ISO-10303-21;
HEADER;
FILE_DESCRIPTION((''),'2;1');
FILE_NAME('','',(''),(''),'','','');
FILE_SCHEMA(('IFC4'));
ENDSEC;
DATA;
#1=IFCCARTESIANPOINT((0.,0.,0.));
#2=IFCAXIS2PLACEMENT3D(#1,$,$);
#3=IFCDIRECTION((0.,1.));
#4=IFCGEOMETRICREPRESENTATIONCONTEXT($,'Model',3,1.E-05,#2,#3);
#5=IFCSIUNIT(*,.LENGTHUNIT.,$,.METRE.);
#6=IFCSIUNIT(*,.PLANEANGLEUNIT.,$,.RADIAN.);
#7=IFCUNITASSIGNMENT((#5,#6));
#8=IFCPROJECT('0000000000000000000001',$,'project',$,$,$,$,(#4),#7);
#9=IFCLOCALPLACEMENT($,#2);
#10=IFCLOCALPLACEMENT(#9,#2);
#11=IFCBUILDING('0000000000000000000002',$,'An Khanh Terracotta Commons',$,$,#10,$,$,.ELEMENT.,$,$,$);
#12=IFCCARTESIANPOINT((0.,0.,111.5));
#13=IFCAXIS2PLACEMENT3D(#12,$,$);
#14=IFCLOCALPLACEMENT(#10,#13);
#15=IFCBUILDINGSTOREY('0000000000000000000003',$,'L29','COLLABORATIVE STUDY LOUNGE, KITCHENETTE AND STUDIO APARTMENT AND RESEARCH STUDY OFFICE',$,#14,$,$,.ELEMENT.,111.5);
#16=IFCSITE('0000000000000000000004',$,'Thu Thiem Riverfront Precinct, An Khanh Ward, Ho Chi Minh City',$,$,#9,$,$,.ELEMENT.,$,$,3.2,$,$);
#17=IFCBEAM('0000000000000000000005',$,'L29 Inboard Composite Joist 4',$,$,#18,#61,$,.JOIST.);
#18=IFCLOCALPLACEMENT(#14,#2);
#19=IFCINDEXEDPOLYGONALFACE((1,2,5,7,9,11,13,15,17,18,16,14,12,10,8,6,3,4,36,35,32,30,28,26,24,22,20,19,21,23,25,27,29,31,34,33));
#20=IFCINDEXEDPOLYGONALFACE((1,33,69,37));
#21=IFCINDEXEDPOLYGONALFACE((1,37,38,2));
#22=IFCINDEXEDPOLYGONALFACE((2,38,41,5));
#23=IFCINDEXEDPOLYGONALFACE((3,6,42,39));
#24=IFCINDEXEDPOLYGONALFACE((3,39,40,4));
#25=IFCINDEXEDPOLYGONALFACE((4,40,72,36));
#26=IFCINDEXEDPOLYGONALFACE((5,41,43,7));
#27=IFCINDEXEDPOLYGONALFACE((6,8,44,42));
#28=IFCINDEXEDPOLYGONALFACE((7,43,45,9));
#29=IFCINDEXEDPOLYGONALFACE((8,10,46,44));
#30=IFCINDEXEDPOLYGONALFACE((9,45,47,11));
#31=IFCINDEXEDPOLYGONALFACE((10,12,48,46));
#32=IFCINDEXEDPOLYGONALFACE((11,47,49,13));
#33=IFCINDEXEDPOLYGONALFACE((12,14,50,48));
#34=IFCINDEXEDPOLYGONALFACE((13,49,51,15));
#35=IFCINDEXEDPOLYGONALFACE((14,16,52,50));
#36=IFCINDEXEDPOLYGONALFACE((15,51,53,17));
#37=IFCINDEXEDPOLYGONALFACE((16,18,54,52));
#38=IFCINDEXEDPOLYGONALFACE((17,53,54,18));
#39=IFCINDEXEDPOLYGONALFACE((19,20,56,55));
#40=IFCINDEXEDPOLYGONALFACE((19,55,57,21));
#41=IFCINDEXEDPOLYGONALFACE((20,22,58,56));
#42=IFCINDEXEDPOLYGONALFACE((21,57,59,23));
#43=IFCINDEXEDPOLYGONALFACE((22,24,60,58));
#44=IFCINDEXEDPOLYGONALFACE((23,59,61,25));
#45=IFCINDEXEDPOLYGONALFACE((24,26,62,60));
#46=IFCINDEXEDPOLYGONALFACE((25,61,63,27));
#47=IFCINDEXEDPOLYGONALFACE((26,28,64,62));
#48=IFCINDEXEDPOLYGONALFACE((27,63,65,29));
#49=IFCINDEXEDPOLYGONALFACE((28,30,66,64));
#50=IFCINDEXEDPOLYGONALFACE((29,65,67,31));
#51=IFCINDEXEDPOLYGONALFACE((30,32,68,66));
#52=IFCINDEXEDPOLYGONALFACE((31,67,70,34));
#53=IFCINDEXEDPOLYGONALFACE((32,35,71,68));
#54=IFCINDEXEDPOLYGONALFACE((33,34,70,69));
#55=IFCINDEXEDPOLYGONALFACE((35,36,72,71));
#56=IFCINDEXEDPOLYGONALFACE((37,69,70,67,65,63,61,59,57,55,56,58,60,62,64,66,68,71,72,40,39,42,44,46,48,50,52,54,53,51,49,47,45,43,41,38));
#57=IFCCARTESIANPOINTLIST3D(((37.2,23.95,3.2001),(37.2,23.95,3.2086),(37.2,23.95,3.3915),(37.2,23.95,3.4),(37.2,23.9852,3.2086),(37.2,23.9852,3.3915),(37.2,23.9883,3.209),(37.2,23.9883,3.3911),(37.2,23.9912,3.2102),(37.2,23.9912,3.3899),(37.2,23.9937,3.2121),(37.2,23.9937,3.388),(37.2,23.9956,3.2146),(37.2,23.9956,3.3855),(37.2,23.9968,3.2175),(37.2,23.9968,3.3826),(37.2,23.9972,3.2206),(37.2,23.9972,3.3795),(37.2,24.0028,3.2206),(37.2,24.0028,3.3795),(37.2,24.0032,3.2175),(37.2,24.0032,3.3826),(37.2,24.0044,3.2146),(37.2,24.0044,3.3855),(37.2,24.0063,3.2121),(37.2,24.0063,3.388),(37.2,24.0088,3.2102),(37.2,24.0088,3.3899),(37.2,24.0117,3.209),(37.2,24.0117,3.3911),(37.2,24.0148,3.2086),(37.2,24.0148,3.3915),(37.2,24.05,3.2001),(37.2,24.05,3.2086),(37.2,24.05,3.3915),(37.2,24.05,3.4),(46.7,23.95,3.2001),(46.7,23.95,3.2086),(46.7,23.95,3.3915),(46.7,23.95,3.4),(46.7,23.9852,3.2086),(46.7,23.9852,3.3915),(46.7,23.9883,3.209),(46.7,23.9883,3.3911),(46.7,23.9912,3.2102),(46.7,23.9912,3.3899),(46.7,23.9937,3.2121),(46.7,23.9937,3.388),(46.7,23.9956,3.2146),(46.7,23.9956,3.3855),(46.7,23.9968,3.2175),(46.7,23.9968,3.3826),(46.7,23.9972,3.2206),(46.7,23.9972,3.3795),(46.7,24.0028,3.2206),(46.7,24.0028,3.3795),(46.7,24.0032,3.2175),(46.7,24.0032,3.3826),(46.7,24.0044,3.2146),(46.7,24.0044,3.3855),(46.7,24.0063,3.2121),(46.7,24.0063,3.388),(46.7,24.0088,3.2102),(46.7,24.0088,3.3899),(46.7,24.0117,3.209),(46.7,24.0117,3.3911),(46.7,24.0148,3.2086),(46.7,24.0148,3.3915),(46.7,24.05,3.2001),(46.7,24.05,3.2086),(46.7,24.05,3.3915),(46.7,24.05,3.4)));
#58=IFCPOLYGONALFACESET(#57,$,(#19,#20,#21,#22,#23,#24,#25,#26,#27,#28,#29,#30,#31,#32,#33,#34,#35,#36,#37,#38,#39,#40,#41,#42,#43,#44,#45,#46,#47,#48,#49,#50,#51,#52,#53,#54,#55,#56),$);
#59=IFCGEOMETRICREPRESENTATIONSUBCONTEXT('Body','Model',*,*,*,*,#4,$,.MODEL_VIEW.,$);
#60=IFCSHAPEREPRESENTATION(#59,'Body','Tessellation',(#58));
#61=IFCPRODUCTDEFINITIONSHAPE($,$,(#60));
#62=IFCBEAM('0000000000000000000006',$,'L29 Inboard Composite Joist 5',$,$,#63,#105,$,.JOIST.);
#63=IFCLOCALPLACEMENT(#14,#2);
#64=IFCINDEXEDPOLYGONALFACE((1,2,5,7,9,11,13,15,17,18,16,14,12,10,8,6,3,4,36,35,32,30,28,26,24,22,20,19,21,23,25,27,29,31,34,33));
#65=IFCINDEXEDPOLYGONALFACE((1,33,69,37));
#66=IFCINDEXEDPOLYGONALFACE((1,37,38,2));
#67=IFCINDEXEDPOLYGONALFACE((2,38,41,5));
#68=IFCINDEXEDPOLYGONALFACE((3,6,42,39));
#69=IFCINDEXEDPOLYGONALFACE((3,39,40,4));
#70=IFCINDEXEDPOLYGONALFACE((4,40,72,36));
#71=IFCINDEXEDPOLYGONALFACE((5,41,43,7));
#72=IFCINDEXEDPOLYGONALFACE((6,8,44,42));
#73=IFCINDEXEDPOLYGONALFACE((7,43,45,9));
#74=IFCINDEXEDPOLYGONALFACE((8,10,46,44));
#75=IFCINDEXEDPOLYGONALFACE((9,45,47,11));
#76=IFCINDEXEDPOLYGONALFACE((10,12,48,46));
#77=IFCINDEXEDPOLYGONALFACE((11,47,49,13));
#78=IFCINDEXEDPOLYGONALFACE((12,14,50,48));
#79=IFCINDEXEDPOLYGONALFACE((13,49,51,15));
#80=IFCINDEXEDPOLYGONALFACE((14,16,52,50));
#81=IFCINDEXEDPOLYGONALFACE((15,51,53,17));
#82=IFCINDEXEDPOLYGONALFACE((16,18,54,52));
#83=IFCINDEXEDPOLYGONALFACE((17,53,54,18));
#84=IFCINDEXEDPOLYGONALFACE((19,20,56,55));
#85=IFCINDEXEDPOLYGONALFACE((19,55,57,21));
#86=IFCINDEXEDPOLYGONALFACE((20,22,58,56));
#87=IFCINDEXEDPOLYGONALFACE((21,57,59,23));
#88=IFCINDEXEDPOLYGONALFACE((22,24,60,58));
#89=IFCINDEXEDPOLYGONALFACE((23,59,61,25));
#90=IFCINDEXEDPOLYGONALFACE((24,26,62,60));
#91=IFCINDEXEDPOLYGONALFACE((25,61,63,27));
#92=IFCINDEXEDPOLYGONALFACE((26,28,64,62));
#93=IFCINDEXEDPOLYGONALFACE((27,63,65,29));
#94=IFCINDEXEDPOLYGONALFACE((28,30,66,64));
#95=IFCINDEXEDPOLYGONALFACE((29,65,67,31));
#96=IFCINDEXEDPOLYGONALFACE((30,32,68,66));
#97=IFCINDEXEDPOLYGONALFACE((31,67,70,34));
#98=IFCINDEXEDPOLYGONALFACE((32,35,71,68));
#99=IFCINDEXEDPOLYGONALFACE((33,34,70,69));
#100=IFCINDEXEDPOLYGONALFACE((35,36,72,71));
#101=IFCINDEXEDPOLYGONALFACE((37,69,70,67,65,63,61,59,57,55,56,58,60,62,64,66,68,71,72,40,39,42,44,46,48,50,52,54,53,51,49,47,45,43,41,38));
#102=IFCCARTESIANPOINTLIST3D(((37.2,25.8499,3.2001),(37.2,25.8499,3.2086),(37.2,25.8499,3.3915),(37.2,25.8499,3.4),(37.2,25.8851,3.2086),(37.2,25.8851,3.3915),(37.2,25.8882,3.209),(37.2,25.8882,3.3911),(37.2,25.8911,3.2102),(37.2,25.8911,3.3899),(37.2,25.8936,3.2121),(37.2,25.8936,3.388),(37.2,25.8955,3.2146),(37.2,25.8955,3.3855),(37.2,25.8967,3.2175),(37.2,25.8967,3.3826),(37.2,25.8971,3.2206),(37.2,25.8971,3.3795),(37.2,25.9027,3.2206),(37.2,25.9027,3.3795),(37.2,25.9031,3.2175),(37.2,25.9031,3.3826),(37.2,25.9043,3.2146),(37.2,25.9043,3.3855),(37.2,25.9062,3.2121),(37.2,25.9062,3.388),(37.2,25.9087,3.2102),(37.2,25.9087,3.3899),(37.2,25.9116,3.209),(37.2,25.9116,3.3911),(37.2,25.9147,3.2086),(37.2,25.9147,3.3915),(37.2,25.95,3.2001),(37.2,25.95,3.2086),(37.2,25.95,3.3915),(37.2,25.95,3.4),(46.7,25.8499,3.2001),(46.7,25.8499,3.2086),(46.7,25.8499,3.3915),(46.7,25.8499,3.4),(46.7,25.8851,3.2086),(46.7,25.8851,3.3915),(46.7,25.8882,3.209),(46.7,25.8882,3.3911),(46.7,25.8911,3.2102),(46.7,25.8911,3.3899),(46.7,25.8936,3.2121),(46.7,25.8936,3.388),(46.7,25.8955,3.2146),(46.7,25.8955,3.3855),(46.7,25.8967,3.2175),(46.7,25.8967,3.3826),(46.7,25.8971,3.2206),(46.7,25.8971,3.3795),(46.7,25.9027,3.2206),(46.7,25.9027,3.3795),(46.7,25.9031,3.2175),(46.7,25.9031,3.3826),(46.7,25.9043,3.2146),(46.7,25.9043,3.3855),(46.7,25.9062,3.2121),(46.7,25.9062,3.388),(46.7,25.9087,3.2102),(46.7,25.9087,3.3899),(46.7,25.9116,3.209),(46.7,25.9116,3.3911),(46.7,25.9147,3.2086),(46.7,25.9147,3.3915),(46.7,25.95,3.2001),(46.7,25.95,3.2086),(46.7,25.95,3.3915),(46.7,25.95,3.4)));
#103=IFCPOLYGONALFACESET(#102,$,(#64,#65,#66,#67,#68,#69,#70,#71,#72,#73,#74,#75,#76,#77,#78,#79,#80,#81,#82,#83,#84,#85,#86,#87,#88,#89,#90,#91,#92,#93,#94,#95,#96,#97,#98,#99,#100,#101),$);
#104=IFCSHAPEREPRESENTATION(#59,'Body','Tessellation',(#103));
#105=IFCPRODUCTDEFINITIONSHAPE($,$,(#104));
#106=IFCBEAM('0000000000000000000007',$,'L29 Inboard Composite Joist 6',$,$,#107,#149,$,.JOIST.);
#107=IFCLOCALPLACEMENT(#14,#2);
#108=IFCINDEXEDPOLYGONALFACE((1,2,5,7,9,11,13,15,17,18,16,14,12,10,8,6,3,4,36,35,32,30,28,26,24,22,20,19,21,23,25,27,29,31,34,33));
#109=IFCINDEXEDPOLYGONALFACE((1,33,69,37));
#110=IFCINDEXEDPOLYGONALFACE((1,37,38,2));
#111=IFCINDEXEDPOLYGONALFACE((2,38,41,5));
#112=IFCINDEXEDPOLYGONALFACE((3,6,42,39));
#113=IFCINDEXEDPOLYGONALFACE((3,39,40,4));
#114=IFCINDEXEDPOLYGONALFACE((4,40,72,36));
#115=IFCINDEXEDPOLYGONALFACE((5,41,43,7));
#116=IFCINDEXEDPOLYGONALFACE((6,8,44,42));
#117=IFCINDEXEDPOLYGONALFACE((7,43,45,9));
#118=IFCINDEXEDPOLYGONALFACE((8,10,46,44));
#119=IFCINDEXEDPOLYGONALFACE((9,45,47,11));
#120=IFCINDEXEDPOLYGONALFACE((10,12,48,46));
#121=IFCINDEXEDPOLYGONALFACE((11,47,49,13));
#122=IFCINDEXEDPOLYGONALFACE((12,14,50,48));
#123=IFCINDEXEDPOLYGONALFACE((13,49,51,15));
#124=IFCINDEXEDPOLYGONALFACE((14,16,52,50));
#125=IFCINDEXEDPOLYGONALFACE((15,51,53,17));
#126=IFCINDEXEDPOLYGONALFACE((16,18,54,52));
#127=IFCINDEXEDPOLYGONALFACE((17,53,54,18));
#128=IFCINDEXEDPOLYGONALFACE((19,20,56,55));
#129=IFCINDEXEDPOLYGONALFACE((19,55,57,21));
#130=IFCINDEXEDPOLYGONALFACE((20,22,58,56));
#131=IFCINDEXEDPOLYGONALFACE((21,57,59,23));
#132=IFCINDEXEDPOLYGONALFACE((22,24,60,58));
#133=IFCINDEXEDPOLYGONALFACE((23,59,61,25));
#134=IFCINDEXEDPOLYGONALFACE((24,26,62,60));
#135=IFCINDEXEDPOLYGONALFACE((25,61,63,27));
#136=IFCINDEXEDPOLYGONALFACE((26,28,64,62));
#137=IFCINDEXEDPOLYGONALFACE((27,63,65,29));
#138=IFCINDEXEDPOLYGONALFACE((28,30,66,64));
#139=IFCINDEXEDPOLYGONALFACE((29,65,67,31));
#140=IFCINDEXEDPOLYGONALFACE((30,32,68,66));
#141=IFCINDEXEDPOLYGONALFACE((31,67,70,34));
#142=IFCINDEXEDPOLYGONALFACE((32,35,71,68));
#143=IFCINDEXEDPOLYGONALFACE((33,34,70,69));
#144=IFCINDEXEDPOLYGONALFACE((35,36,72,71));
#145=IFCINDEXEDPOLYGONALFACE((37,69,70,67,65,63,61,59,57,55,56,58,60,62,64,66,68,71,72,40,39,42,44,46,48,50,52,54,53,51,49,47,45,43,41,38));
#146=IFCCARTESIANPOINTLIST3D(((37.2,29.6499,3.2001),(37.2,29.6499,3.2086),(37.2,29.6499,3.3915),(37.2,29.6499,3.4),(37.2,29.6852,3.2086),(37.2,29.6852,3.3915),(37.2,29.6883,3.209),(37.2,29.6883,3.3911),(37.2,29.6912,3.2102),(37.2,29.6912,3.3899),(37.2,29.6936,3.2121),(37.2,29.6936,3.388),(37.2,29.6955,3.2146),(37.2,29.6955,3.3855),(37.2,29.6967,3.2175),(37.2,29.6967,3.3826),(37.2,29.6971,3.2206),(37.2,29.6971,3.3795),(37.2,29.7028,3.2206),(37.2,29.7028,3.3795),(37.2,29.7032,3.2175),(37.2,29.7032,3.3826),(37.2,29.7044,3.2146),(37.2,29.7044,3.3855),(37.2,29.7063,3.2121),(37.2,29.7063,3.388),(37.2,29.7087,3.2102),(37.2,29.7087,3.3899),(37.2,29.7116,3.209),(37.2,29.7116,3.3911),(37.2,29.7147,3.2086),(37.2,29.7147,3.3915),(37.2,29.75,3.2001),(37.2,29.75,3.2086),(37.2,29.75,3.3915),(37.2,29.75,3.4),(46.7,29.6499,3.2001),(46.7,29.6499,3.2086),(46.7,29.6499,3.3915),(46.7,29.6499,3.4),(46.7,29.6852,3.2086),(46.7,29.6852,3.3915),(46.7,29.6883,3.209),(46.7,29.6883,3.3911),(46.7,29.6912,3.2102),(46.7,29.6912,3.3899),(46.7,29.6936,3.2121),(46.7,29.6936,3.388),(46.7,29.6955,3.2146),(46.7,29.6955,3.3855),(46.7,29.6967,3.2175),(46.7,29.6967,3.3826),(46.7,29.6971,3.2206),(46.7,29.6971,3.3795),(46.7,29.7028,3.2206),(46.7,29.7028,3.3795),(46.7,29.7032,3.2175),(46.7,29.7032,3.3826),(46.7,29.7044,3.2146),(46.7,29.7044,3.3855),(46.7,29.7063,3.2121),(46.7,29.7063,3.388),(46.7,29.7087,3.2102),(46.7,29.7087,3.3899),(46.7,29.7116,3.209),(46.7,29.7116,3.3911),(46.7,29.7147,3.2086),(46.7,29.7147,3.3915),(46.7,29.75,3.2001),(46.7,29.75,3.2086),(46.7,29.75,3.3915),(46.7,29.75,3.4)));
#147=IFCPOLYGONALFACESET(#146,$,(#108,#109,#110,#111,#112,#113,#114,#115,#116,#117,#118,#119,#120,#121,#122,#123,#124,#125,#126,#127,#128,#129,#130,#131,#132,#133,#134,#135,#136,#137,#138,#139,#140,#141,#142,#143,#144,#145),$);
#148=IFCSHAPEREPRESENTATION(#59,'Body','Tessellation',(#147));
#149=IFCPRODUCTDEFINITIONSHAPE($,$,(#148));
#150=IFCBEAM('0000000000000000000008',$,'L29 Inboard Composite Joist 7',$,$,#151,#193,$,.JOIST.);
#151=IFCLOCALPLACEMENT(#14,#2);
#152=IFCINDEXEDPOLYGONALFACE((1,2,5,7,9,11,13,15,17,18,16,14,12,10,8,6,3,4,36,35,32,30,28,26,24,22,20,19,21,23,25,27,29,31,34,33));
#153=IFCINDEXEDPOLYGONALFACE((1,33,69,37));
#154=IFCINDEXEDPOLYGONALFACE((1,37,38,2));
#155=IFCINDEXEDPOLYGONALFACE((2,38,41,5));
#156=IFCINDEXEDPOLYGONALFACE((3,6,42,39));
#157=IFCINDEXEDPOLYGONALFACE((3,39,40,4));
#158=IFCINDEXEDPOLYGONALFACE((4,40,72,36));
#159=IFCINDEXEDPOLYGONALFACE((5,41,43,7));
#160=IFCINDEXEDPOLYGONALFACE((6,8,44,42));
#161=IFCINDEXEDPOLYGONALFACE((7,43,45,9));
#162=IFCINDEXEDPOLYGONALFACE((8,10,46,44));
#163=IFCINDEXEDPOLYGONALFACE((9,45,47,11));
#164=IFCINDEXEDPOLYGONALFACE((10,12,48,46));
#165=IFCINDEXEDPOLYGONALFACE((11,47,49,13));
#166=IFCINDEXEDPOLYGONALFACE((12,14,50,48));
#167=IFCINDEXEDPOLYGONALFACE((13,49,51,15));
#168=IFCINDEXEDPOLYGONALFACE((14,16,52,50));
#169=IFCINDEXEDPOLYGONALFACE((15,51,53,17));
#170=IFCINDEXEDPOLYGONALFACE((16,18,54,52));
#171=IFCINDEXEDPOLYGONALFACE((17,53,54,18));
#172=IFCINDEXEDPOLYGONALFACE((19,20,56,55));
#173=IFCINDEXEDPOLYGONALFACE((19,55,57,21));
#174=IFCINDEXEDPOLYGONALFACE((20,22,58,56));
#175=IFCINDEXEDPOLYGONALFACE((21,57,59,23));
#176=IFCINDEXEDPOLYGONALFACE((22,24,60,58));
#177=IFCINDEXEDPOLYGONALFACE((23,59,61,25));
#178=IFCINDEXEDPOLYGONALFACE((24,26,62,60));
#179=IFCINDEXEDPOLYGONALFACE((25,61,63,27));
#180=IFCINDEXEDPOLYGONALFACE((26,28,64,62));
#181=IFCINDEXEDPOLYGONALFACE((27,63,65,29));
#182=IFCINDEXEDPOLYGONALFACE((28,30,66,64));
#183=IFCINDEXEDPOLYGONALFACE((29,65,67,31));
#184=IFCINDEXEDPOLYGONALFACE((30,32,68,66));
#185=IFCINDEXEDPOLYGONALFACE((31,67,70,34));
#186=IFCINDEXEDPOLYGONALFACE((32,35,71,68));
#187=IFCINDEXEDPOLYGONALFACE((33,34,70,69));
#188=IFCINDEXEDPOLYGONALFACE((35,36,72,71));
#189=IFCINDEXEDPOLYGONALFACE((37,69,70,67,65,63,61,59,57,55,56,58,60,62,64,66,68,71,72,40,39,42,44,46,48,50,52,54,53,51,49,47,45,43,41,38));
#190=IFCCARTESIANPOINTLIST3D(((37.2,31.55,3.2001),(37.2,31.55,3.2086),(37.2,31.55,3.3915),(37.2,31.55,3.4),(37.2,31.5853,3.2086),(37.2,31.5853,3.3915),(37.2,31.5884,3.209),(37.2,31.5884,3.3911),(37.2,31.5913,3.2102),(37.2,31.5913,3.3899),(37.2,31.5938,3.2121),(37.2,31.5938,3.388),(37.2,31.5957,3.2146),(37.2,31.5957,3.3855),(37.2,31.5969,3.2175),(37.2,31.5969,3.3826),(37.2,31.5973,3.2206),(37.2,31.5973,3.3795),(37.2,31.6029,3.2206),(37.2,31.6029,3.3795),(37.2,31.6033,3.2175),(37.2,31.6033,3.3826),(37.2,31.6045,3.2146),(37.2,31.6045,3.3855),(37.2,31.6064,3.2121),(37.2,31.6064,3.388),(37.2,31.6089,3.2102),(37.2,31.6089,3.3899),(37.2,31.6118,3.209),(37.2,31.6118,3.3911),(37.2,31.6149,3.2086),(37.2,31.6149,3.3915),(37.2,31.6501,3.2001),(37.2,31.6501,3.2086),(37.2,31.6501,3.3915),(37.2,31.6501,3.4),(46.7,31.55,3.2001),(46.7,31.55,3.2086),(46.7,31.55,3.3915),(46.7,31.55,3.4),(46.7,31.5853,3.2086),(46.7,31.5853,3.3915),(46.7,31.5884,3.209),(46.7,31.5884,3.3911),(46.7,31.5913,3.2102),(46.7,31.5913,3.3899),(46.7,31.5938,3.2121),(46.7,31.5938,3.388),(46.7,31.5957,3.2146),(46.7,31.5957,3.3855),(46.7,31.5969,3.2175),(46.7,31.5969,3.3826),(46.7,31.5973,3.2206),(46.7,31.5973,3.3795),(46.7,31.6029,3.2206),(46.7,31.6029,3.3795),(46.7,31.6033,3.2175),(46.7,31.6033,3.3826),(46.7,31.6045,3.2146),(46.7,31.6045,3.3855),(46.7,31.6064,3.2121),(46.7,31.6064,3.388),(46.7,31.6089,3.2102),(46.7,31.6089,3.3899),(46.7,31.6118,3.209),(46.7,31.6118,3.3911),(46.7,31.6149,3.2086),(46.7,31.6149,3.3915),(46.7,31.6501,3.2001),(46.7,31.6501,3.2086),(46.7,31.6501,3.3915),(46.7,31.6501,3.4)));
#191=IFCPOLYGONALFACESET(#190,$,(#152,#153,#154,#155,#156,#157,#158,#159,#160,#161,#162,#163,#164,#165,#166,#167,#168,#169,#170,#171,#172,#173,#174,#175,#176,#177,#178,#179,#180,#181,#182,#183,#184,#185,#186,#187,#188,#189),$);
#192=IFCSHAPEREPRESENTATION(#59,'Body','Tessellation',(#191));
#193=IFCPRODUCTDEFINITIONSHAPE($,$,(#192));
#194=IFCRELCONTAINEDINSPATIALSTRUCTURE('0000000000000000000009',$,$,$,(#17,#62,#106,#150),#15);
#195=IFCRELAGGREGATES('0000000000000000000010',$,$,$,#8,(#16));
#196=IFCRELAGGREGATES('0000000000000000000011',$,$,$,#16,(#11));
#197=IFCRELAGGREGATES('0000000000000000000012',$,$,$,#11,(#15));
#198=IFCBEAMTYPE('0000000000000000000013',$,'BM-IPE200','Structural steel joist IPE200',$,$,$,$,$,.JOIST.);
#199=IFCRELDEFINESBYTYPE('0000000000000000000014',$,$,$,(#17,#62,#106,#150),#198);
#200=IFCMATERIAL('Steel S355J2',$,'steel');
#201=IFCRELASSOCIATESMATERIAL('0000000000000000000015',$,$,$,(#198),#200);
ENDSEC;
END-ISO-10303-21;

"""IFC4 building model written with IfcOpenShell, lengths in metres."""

from ifc_helpers import new_model, si_unit, direction, frame, origin, origin_2d, place, context, subcontext, project, spatial, i_section, extrude, material, material_profile, profile_set, type_object, element, save


model = new_model("IFC4")

# Units and contexts
model_context = context("Model", 3, precision=1e-05, world=origin(), true_north=direction((0.0, 1.0)))
body_context = subcontext(model_context, "Body", "Model", "MODEL_VIEW")
ifc_project = project(units=[si_unit("LENGTHUNIT", "METRE"), si_unit("PLANEANGLEUNIT", "RADIAN")], contexts=[model_context])

# Site, building, storey
site_placement = place(None, origin())
site = spatial("IfcSite", under=ifc_project, at=site_placement, Name="Thu Thiem Riverfront Precinct, An Khanh Ward, Ho Chi Minh City", CompositionType="ELEMENT", RefElevation=3.2)
building_placement = place(site_placement, origin())
building = spatial("IfcBuilding", under=site, at=building_placement, Name="An Khanh Terracotta Commons", CompositionType="ELEMENT")
storey_placement = place(building_placement, frame((0.0, 0.0, 111.5)))
storey = spatial("IfcBuildingStorey", under=building, at=storey_placement, Name="L29", Description="COLLABORATIVE STUDY LOUNGE, KITCHENETTE AND STUDIO APARTMENT AND RESEARCH STUDY OFFICE", CompositionType="ELEMENT", Elevation=111.5)

# Beams
ifc_material_1 = material(Name="Steel S355J2", Category="steel")
ifc_material_profile_1 = material_profile(ifc_material_1, i_section(OverallWidth=0.1001, OverallDepth=0.2, WebThickness=0.0056, FlangeThickness=0.0085, FilletRadius=0.012, at=origin_2d()), Name="IPE200")
ifc_profile_set_1 = profile_set([ifc_material_profile_1], Name="Steel S355J2")
beam_type_1 = type_object("IfcBeamType", Name="BM-IPE200", Description="Structural steel joist IPE200", PredefinedType="JOIST", material=ifc_profile_set_1)
for number, where, z_axis, x_axis, name in (
    (1, (37.2, 24.0, 3.3), (1.0, 0.0, 0.0), (0.0, 1.0, 0.0), "L29 Inboard Composite Joist 4"),
    (2, (37.2, 25.8999, 3.3), (1.0, 0.0, 0.0), (0.0, 1.0, 0.0), "L29 Inboard Composite Joist 5"),
    (3, (37.2, 29.7, 3.3), (1.0, 0.0, 0.0), (0.0, 1.0, 0.0), "L29 Inboard Composite Joist 6"),
    (4, (37.2, 31.6001, 3.3), (1.0, 0.0, 0.0), (0.0, 1.0, 0.0), "L29 Inboard Composite Joist 7"),
):
    element("IfcBeam", number, at=place(storey_placement, frame(where, z_axis=z_axis, x_axis=x_axis)), inside=storey, type_object=beam_type_1, Name=name, PredefinedType="JOIST", context=body_context, shape_type="SweptSolid", body=[
        extrude(i_section(OverallWidth=0.1001, OverallDepth=0.2, WebThickness=0.0056, FlangeThickness=0.0085, FilletRadius=0.012, at=origin_2d()), origin(), (0.0, 0.0, 1.0), 9.5),
    ])

save(model, "model.ifc")
